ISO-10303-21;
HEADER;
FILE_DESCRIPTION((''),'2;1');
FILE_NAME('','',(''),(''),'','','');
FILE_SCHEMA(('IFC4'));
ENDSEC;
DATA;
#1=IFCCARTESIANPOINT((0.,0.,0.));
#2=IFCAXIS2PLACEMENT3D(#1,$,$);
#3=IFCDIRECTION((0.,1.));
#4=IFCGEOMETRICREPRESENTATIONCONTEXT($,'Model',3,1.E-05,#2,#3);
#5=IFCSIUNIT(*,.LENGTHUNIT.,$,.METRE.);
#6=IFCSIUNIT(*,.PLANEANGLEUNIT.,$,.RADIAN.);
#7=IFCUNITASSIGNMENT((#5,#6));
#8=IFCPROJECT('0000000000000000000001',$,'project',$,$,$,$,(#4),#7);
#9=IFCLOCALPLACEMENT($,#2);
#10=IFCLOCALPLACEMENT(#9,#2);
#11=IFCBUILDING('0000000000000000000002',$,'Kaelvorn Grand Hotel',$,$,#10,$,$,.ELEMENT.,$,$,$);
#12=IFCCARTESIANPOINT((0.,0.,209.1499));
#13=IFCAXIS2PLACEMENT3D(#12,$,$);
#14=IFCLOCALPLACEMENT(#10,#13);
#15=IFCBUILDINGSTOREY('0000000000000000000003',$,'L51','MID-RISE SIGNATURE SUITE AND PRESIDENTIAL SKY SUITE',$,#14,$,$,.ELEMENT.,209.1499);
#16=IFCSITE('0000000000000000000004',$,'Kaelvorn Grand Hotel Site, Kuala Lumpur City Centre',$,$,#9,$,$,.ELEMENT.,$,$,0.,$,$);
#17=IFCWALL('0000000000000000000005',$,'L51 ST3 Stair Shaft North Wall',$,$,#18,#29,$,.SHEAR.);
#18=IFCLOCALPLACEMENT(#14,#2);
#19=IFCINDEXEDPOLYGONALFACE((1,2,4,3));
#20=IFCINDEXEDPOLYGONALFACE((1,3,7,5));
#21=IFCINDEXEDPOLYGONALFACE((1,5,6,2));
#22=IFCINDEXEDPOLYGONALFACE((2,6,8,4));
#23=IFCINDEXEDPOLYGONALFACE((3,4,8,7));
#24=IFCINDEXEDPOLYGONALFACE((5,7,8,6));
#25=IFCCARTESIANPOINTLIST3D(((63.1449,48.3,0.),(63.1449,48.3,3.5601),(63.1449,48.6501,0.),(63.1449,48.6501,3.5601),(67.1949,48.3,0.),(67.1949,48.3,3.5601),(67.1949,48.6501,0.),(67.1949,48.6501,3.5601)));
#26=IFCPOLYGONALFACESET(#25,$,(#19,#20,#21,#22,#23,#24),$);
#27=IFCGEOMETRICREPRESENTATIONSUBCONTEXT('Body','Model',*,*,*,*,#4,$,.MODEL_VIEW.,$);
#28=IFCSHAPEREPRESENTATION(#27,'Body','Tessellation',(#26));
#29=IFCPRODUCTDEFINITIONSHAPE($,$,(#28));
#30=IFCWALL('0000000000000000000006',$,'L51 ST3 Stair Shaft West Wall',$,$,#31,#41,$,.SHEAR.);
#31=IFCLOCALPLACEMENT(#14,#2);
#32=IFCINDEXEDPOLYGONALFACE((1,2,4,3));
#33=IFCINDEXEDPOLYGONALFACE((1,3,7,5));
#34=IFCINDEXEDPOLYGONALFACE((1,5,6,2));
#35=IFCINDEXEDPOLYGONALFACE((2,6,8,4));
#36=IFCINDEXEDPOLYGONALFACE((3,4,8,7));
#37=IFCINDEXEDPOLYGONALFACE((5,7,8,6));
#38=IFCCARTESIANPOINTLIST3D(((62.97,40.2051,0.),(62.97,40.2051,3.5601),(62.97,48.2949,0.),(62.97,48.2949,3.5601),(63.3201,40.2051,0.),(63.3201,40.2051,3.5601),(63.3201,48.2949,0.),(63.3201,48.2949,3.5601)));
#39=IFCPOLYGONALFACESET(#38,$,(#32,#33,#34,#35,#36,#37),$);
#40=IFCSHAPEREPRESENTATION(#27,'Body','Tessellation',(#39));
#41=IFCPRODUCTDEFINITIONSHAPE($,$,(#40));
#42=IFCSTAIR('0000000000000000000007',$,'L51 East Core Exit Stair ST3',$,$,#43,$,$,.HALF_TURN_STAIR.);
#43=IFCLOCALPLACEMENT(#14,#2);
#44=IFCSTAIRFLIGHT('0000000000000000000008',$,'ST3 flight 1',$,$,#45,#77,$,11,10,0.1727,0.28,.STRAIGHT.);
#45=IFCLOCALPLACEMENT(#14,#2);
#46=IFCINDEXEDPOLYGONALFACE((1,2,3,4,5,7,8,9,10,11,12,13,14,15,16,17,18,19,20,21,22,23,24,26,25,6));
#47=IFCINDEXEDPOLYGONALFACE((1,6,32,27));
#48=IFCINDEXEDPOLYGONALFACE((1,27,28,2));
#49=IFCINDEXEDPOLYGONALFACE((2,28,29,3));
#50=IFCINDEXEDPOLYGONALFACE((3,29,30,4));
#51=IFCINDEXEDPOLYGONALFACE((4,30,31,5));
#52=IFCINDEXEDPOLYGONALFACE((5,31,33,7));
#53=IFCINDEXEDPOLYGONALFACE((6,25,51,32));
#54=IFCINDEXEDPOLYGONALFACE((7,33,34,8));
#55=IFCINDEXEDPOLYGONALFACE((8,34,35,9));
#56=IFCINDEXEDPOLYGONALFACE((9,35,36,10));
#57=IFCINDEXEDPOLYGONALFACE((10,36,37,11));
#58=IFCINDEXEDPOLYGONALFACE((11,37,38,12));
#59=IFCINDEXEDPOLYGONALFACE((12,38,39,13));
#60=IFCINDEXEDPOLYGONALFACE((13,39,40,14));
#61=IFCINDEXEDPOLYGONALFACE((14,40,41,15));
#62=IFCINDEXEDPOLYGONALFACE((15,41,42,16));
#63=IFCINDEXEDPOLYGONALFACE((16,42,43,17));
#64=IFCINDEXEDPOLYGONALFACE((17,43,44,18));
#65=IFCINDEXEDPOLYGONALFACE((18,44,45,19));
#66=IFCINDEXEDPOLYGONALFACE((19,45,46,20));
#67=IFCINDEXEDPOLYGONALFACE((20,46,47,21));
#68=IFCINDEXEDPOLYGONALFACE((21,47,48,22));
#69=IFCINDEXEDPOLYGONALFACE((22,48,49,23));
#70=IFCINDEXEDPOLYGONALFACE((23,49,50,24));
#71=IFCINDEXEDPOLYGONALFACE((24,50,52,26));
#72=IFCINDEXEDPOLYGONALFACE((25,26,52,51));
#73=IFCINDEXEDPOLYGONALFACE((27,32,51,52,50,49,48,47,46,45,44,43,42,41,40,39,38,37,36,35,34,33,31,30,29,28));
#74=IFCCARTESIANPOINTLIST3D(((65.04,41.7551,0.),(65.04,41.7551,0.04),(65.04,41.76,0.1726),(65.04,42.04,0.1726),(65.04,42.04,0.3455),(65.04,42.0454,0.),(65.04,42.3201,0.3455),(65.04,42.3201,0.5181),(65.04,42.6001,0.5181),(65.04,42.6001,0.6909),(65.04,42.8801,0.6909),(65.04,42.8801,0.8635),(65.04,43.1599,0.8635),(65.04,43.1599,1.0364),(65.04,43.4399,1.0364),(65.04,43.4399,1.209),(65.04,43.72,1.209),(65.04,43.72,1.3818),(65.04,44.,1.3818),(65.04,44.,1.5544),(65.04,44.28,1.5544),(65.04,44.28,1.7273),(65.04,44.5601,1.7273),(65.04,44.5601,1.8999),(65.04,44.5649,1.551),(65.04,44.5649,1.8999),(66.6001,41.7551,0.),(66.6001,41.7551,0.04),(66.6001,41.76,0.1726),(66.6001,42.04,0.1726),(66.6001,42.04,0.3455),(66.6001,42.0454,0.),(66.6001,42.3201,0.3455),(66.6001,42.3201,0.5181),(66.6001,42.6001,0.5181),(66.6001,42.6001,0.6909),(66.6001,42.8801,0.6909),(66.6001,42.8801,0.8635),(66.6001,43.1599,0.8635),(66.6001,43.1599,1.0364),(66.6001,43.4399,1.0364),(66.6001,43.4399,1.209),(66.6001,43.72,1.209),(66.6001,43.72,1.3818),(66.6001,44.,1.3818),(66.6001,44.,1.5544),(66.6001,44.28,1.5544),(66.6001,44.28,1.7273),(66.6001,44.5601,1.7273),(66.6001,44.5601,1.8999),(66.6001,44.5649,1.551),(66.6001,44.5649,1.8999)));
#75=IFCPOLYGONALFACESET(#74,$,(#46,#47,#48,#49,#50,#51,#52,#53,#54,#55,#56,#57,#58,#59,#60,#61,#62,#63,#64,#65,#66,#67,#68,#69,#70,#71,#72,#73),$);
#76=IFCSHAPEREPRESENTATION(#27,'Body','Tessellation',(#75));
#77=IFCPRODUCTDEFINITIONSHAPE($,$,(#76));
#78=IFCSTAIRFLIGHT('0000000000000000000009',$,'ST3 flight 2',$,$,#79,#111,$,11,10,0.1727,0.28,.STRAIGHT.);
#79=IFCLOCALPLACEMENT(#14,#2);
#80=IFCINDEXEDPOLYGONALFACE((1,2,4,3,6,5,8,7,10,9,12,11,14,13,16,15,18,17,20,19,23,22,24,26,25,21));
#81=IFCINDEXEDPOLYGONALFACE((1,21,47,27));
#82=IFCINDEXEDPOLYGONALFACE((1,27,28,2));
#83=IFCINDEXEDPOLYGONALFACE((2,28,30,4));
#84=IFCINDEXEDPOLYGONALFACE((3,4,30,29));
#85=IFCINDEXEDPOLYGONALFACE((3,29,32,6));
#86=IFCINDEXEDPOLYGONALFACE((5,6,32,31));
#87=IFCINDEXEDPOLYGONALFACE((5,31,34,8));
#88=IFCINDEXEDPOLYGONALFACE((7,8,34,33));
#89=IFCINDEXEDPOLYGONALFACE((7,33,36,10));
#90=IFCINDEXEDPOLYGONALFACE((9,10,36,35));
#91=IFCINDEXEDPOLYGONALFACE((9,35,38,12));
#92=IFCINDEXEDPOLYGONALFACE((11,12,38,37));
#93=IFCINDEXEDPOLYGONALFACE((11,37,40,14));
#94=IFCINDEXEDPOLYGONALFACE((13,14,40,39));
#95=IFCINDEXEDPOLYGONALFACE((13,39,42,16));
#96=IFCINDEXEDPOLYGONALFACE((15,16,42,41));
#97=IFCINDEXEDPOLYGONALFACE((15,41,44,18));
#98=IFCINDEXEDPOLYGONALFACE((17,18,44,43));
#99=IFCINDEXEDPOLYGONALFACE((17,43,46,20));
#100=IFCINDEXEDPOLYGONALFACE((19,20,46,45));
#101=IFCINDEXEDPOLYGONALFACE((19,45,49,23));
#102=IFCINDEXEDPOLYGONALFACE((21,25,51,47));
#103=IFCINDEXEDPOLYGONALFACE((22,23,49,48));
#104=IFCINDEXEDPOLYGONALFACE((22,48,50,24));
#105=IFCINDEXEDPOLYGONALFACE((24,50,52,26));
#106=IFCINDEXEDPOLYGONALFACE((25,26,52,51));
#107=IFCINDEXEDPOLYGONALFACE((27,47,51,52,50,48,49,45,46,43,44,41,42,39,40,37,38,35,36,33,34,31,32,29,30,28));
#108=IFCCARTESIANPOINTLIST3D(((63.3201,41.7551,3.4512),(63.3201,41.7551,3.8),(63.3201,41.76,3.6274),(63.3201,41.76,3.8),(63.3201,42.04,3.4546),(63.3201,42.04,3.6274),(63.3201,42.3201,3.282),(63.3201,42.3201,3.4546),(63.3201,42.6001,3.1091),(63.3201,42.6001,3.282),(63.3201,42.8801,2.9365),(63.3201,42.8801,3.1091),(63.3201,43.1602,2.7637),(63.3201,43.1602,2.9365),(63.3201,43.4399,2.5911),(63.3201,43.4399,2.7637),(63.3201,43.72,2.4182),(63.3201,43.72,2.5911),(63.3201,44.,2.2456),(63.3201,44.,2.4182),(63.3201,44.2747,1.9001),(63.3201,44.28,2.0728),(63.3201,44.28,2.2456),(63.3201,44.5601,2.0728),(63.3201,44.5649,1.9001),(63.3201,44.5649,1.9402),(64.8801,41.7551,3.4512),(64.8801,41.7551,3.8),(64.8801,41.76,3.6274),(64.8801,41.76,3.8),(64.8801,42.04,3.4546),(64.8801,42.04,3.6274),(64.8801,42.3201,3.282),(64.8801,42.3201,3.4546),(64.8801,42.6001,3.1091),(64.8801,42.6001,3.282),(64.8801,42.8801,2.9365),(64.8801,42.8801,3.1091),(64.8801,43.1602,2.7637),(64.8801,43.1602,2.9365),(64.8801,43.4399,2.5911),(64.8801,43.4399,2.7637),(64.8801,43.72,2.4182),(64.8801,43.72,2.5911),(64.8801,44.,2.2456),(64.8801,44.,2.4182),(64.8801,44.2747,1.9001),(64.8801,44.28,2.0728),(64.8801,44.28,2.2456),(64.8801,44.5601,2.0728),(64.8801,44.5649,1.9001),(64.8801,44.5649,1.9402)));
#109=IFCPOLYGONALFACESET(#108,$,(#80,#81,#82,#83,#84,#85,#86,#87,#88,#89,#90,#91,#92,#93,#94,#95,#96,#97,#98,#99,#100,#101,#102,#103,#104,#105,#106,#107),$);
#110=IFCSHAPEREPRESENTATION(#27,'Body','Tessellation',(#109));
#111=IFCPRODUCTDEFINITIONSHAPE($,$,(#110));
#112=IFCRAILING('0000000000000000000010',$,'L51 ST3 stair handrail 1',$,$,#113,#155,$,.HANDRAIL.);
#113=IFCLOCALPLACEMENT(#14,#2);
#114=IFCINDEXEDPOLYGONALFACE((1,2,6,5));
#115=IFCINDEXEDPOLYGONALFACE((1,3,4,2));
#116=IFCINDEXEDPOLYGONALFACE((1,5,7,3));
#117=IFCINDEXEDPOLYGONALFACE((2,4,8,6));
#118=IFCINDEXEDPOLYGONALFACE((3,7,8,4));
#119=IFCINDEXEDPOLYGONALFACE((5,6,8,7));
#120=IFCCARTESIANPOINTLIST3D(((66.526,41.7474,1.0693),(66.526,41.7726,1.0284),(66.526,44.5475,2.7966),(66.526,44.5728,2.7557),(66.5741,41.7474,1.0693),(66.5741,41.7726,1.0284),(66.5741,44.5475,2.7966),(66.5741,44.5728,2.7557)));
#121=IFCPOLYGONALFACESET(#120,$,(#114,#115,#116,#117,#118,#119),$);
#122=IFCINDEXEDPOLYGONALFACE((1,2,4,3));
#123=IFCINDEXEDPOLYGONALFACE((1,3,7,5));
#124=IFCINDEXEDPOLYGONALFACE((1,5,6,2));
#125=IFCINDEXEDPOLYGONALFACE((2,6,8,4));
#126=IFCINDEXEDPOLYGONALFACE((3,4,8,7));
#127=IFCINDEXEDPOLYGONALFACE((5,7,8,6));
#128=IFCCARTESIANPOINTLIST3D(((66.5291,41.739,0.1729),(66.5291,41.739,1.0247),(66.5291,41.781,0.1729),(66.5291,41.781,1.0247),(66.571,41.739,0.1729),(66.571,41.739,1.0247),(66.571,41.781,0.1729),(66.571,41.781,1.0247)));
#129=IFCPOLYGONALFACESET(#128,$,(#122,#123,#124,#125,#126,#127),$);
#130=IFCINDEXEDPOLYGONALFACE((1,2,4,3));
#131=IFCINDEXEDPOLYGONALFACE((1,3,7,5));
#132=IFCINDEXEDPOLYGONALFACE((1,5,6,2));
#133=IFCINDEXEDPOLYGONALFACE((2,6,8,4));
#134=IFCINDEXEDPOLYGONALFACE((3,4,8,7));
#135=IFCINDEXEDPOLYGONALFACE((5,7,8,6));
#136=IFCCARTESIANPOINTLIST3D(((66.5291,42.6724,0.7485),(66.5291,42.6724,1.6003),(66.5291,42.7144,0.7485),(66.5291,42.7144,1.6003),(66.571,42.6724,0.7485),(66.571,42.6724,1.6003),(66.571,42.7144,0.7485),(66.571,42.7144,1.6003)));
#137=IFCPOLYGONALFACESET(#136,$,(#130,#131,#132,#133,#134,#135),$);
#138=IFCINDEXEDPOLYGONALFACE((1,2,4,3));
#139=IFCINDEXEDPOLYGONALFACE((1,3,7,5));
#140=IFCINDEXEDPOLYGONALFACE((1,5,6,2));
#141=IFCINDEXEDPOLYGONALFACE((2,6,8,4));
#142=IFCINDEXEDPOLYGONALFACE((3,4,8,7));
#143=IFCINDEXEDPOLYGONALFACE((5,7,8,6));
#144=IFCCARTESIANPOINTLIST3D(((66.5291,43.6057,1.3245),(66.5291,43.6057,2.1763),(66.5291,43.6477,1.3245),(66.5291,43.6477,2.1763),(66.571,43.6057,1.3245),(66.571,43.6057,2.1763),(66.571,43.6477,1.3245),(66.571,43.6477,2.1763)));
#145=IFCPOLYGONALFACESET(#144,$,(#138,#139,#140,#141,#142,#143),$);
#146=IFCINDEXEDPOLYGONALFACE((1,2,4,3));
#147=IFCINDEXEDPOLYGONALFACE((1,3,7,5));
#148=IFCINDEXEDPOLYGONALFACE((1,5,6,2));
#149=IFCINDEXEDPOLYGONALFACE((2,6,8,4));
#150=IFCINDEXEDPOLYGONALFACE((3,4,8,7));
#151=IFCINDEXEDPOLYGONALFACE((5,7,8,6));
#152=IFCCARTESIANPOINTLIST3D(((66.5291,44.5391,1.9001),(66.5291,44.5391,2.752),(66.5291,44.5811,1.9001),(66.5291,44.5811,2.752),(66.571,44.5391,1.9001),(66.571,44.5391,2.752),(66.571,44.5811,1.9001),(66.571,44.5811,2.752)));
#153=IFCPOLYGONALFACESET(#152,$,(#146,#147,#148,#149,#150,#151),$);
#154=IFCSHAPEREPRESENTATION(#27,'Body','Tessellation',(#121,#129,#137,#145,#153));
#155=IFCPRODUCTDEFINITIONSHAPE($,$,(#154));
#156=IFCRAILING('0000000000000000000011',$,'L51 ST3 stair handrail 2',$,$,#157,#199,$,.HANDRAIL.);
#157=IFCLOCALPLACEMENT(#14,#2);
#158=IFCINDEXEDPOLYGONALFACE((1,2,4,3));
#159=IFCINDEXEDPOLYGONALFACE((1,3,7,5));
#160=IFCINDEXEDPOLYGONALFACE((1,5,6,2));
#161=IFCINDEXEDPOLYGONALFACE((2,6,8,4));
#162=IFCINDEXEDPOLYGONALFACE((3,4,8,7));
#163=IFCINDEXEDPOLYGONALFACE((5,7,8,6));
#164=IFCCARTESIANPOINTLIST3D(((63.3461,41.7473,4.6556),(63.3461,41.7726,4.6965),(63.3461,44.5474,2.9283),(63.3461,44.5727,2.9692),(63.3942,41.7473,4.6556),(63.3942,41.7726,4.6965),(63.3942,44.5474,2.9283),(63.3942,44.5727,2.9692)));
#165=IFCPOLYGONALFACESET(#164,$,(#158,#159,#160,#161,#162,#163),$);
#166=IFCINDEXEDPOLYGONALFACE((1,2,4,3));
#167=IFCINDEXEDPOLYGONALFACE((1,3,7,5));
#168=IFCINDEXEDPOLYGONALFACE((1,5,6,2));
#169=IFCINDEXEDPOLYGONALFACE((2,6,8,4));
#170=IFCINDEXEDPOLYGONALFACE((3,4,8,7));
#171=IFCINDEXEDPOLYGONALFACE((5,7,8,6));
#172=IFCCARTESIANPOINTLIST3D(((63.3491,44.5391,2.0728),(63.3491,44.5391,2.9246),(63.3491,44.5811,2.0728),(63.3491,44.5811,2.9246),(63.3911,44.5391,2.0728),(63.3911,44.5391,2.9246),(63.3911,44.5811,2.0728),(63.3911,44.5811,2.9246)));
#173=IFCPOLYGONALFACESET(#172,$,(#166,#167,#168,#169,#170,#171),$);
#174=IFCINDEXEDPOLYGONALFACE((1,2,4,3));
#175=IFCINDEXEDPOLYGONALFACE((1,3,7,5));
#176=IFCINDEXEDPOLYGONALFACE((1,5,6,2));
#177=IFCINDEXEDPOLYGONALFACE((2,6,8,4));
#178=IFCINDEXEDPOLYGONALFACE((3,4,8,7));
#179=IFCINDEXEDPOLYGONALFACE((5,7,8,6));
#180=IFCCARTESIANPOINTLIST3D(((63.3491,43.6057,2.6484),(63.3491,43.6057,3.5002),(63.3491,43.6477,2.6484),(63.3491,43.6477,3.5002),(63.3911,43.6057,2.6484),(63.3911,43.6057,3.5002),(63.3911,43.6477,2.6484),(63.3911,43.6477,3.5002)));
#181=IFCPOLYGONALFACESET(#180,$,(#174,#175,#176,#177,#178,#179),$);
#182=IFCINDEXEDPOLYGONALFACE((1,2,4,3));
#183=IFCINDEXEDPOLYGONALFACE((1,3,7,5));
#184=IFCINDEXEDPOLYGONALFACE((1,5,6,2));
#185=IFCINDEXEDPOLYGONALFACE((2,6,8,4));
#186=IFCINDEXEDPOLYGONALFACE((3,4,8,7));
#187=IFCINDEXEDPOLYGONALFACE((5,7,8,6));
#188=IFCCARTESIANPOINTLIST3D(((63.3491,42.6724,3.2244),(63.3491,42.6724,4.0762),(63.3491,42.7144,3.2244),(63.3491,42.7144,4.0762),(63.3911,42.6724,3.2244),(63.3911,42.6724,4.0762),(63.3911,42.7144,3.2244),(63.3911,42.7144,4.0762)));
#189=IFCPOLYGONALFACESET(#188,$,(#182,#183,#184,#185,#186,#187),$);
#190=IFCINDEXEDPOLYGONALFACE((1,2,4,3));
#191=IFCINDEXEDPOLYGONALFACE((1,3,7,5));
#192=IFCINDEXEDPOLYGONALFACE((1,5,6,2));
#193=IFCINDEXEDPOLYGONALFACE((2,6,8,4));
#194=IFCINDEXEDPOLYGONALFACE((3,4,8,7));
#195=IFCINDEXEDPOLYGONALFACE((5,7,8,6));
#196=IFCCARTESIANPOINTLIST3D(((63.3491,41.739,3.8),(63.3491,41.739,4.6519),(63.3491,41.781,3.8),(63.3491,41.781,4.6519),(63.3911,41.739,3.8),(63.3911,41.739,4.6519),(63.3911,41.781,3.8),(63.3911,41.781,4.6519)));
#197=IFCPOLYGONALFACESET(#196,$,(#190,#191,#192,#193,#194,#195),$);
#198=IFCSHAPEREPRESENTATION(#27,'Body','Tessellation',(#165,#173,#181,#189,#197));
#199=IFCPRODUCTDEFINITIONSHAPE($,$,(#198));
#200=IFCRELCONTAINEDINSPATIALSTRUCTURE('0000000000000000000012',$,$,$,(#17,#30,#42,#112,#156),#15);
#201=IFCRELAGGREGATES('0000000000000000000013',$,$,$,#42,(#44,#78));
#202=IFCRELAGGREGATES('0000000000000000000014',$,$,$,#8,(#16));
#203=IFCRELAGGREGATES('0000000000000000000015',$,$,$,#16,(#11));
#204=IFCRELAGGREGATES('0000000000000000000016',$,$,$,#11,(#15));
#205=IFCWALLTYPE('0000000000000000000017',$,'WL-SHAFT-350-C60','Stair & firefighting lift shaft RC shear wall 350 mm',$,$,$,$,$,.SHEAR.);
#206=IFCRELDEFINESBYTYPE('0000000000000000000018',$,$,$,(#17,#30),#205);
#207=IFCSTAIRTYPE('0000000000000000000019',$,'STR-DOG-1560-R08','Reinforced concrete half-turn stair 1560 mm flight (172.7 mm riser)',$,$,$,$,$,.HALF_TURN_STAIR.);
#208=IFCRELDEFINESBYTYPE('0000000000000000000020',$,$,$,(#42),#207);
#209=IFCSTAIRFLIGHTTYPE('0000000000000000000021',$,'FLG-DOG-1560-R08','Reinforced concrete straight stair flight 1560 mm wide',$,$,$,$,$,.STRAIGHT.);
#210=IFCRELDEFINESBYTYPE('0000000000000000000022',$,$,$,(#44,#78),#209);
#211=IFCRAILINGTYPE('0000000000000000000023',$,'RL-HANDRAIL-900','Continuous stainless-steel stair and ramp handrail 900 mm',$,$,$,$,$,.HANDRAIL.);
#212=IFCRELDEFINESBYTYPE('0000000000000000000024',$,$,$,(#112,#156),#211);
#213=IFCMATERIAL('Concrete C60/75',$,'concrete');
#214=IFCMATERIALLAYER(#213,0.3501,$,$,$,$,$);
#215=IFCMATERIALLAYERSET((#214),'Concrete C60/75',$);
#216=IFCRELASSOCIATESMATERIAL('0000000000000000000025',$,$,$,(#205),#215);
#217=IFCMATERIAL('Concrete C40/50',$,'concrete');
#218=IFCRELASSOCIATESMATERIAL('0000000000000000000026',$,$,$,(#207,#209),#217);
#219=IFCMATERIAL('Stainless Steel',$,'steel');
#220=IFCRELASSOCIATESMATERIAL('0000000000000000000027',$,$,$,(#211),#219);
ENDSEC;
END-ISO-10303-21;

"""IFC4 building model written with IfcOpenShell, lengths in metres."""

from ifc_helpers import new_model, si_unit, direction, frame, frame_2d, origin, origin_2d, place, context, subcontext, project, spatial, polyline, rectangle, outline, extrude, material, layer, layer_set, type_object, element, aggregate, save


model = new_model("IFC4")

# Units and contexts
model_context = context("Model", 3, precision=1e-05, world=origin(), true_north=direction((0.0, 1.0)))
body_context = subcontext(model_context, "Body", "Model", "MODEL_VIEW")
ifc_project = project(units=[si_unit("LENGTHUNIT", "METRE"), si_unit("PLANEANGLEUNIT", "RADIAN")], contexts=[model_context])

# Site, building, storey
site_placement = place(None, origin())
site = spatial("IfcSite", under=ifc_project, at=site_placement, Name="Kaelvorn Grand Hotel Site, Kuala Lumpur City Centre", CompositionType="ELEMENT", RefElevation=0.0)
building_placement = place(site_placement, origin())
building = spatial("IfcBuilding", under=site, at=building_placement, Name="Kaelvorn Grand Hotel", CompositionType="ELEMENT")
storey_placement = place(building_placement, frame((0.0, 0.0, 209.1499)))
storey = spatial("IfcBuildingStorey", under=building, at=storey_placement, Name="L51", Description="MID-RISE SIGNATURE SUITE AND PRESIDENTIAL SKY SUITE", CompositionType="ELEMENT", Elevation=209.1499)

# Shared definitions
ifc_material_1 = material(Name="Concrete C60/75", Category="concrete")

# Shared definitions
ifc_material_2 = material(Name="Concrete C40/50", Category="concrete")

# Shared definitions
ifc_material_3 = material(Name="Stainless Steel", Category="steel")

# Shared definitions
ifc_layer_1 = layer(ifc_material_1, 0.3501)
ifc_layer_set_1 = layer_set([ifc_layer_1], Name="Concrete C60/75")
wall_type_1 = type_object("IfcWallType", Name="WL-SHAFT-350-C60", Description="Stair & firefighting lift shaft RC shear wall 350 mm", PredefinedType="SHEAR", material=ifc_layer_set_1)

# Walls
wall_1_placement = place(storey_placement, frame((63.145, 48.4751, 0.0), z_axis=(0.0, 0.0, 1.0), x_axis=(1.0, 0.0, 0.0)))
element("IfcWall", 1, at=wall_1_placement, inside=storey, type_object=wall_type_1, Name="L51 ST3 Stair Shaft North Wall", PredefinedType="SHEAR", context=body_context, shape_type="SweptSolid", body=[
    extrude(rectangle(XDim=4.05, YDim=0.3501, at=frame_2d((2.0249, 0.0))), origin(), (0.0, 0.0, 1.0), 3.5601),
])
wall_2_placement = place(storey_placement, frame((63.145, 40.2051, 0.0), z_axis=(0.0, 0.0, 1.0), x_axis=(0.0, 1.0, 0.0)))
element("IfcWall", 2, at=wall_2_placement, inside=storey, type_object=wall_type_1, Name="L51 ST3 Stair Shaft West Wall", PredefinedType="SHEAR", context=body_context, shape_type="SweptSolid", body=[
    extrude(rectangle(XDim=8.0898, YDim=0.3501, at=frame_2d((4.0449, 0.0))), origin(), (0.0, 0.0, 1.0), 3.5601),
])

# Stair, stair flights
stair_type = type_object("IfcStairType", Name="STR-DOG-1560-R08", Description="Reinforced concrete half-turn stair 1560 mm flight (172.7 mm riser)", PredefinedType="HALF_TURN_STAIR", material=ifc_material_2)
stair_placement = place(storey_placement, origin())
stair = element("IfcStair", 3, at=stair_placement, inside=storey, type_object=stair_type, Name="L51 East Core Exit Stair ST3", PredefinedType="HALF_TURN_STAIR")
stair_flight_type = type_object("IfcStairFlightType", Name="FLG-DOG-1560-R08", Description="Reinforced concrete straight stair flight 1560 mm wide", PredefinedType="STRAIGHT", material=ifc_material_2)
stair_flight_1_placement = place(storey_placement, frame((65.8201, 41.76, 0.0), z_axis=(0.0, 0.0, 1.0), x_axis=(0.0, 1.0, 0.0)))
stair_flight_1 = element("IfcStairFlight", 4, at=stair_flight_1_placement, type_object=stair_flight_type, Name="ST3 flight 1", NumberOfRisers=11, NumberOfTreads=10, PredefinedType="STRAIGHT", RiserHeight=0.1727, TreadLength=0.28, context=body_context, shape_type="SweptSolid", body=[
    extrude(outline(polyline([(-0.0049, 0.0), (-0.0049, 0.04), (0.0, 0.1726), (0.28, 0.1726), (0.28, 0.3455), (0.5601, 0.3455), (0.5601, 0.5181), (0.8401, 0.5181), (0.8401, 0.6909), (1.1201, 0.6909), (1.1201, 0.8635), (1.3999, 0.8635), (1.3999, 1.0364), (1.6799, 1.0364), (1.6799, 1.209), (1.96, 1.209), (1.96, 1.3818), (2.24, 1.3818), (2.24, 1.5544), (2.52, 1.5544), (2.52, 1.7273), (2.8, 1.7273), (2.8, 1.8999), (2.8049, 1.8999), (2.8049, 1.551), (0.2854, 0.0), (-0.0049, 0.0)])), frame((0.0, 0.78, 0.0), z_axis=(0.0, -1.0, 0.0), x_axis=(1.0, 0.0, 0.0)), (0.0, 0.0, 1.0), 1.5601),
])
stair_flight_2_placement = place(storey_placement, frame((64.1001, 44.5601, 1.9001), z_axis=(0.0, 0.0, 1.0), x_axis=(0.0, -1.0, 0.0)))
stair_flight_2 = element("IfcStairFlight", 5, at=stair_flight_2_placement, type_object=stair_flight_type, Name="ST3 flight 2", NumberOfRisers=11, NumberOfTreads=10, PredefinedType="STRAIGHT", RiserHeight=0.1727, TreadLength=0.28, context=body_context, shape_type="SweptSolid", body=[
    extrude(outline(polyline([(-0.0049, 0.0), (-0.0049, 0.04), (0.0, 0.1726), (0.28, 0.1726), (0.28, 0.3455), (0.5601, 0.3455), (0.5601, 0.5181), (0.8401, 0.5181), (0.8401, 0.6909), (1.1201, 0.6909), (1.1201, 0.8635), (1.3999, 0.8635), (1.3999, 1.0364), (1.6799, 1.0364), (1.6799, 1.209), (1.96, 1.209), (1.96, 1.3818), (2.24, 1.3818), (2.24, 1.5544), (2.52, 1.5544), (2.52, 1.7273), (2.8, 1.7273), (2.8, 1.8999), (2.8049, 1.8999), (2.8049, 1.551), (0.2854, 0.0), (-0.0049, 0.0)])), frame((0.0, 0.78, 0.0), z_axis=(0.0, -1.0, 0.0), x_axis=(1.0, 0.0, 0.0)), (0.0, 0.0, 1.0), 1.5601),
])
aggregate(stair, [stair_flight_1, stair_flight_2])

# Railings
railing_type_1 = type_object("IfcRailingType", Name="RL-HANDRAIL-900", Description="Continuous stainless-steel stair and ramp handrail 900 mm", PredefinedType="HANDRAIL", material=ifc_material_3)
railing_1_placement = place(storey_placement, frame((66.55, 41.76, 0.1729)))
element("IfcRailing", 6, at=railing_1_placement, inside=storey, type_object=railing_type_1, Name="L51 ST3 stair handrail 1", PredefinedType="HANDRAIL", context=body_context, shape_type="SweptSolid", body=[
    extrude(rectangle(XDim=0.0481, YDim=0.0481, at=origin_2d()), frame((0.0, 0.0, 0.876), z_axis=(0.0, 0.85109, 0.52502), x_axis=(-1.0, 0.0, 0.0)), (0.0, 0.0, 1.0), 3.29),
    extrude(rectangle(XDim=0.042, YDim=0.042, at=origin_2d()), origin(), (0.0, 0.0, 1.0), 0.8518),
    extrude(rectangle(XDim=0.042, YDim=0.042, at=origin_2d()), frame((0.0, 0.9333, 0.5757)), (0.0, 0.0, 1.0), 0.8518),
    extrude(rectangle(XDim=0.042, YDim=0.042, at=origin_2d()), frame((0.0, 1.8667, 1.1516)), (0.0, 0.0, 1.0), 0.8518),
    extrude(rectangle(XDim=0.042, YDim=0.042, at=origin_2d()), frame((0.0, 2.8, 1.7273)), (0.0, 0.0, 1.0), 0.8518),
])
railing_2_placement = place(storey_placement, frame((63.3701, 44.5601, 2.0728)))
element("IfcRailing", 7, at=railing_2_placement, inside=storey, type_object=railing_type_1, Name="L51 ST3 stair handrail 2", PredefinedType="HANDRAIL", context=body_context, shape_type="SweptSolid", body=[
    extrude(rectangle(XDim=0.0481, YDim=0.0481, at=origin_2d()), frame((0.0, 0.0, 0.876), z_axis=(0.0, -0.85109, 0.52502), x_axis=(1.0, 0.0, 0.0)), (0.0, 0.0, 1.0), 3.29),
    extrude(rectangle(XDim=0.042, YDim=0.042, at=origin_2d()), origin(), (0.0, 0.0, 1.0), 0.8518),
    extrude(rectangle(XDim=0.042, YDim=0.042, at=origin_2d()), frame((0.0, -0.9333, 0.5757)), (0.0, 0.0, 1.0), 0.8518),
    extrude(rectangle(XDim=0.042, YDim=0.042, at=origin_2d()), frame((0.0, -1.8667, 1.1516)), (0.0, 0.0, 1.0), 0.8518),
    extrude(rectangle(XDim=0.042, YDim=0.042, at=origin_2d()), frame((0.0, -2.8, 1.7273)), (0.0, 0.0, 1.0), 0.8518),
])

save(model, "model.ifc")
